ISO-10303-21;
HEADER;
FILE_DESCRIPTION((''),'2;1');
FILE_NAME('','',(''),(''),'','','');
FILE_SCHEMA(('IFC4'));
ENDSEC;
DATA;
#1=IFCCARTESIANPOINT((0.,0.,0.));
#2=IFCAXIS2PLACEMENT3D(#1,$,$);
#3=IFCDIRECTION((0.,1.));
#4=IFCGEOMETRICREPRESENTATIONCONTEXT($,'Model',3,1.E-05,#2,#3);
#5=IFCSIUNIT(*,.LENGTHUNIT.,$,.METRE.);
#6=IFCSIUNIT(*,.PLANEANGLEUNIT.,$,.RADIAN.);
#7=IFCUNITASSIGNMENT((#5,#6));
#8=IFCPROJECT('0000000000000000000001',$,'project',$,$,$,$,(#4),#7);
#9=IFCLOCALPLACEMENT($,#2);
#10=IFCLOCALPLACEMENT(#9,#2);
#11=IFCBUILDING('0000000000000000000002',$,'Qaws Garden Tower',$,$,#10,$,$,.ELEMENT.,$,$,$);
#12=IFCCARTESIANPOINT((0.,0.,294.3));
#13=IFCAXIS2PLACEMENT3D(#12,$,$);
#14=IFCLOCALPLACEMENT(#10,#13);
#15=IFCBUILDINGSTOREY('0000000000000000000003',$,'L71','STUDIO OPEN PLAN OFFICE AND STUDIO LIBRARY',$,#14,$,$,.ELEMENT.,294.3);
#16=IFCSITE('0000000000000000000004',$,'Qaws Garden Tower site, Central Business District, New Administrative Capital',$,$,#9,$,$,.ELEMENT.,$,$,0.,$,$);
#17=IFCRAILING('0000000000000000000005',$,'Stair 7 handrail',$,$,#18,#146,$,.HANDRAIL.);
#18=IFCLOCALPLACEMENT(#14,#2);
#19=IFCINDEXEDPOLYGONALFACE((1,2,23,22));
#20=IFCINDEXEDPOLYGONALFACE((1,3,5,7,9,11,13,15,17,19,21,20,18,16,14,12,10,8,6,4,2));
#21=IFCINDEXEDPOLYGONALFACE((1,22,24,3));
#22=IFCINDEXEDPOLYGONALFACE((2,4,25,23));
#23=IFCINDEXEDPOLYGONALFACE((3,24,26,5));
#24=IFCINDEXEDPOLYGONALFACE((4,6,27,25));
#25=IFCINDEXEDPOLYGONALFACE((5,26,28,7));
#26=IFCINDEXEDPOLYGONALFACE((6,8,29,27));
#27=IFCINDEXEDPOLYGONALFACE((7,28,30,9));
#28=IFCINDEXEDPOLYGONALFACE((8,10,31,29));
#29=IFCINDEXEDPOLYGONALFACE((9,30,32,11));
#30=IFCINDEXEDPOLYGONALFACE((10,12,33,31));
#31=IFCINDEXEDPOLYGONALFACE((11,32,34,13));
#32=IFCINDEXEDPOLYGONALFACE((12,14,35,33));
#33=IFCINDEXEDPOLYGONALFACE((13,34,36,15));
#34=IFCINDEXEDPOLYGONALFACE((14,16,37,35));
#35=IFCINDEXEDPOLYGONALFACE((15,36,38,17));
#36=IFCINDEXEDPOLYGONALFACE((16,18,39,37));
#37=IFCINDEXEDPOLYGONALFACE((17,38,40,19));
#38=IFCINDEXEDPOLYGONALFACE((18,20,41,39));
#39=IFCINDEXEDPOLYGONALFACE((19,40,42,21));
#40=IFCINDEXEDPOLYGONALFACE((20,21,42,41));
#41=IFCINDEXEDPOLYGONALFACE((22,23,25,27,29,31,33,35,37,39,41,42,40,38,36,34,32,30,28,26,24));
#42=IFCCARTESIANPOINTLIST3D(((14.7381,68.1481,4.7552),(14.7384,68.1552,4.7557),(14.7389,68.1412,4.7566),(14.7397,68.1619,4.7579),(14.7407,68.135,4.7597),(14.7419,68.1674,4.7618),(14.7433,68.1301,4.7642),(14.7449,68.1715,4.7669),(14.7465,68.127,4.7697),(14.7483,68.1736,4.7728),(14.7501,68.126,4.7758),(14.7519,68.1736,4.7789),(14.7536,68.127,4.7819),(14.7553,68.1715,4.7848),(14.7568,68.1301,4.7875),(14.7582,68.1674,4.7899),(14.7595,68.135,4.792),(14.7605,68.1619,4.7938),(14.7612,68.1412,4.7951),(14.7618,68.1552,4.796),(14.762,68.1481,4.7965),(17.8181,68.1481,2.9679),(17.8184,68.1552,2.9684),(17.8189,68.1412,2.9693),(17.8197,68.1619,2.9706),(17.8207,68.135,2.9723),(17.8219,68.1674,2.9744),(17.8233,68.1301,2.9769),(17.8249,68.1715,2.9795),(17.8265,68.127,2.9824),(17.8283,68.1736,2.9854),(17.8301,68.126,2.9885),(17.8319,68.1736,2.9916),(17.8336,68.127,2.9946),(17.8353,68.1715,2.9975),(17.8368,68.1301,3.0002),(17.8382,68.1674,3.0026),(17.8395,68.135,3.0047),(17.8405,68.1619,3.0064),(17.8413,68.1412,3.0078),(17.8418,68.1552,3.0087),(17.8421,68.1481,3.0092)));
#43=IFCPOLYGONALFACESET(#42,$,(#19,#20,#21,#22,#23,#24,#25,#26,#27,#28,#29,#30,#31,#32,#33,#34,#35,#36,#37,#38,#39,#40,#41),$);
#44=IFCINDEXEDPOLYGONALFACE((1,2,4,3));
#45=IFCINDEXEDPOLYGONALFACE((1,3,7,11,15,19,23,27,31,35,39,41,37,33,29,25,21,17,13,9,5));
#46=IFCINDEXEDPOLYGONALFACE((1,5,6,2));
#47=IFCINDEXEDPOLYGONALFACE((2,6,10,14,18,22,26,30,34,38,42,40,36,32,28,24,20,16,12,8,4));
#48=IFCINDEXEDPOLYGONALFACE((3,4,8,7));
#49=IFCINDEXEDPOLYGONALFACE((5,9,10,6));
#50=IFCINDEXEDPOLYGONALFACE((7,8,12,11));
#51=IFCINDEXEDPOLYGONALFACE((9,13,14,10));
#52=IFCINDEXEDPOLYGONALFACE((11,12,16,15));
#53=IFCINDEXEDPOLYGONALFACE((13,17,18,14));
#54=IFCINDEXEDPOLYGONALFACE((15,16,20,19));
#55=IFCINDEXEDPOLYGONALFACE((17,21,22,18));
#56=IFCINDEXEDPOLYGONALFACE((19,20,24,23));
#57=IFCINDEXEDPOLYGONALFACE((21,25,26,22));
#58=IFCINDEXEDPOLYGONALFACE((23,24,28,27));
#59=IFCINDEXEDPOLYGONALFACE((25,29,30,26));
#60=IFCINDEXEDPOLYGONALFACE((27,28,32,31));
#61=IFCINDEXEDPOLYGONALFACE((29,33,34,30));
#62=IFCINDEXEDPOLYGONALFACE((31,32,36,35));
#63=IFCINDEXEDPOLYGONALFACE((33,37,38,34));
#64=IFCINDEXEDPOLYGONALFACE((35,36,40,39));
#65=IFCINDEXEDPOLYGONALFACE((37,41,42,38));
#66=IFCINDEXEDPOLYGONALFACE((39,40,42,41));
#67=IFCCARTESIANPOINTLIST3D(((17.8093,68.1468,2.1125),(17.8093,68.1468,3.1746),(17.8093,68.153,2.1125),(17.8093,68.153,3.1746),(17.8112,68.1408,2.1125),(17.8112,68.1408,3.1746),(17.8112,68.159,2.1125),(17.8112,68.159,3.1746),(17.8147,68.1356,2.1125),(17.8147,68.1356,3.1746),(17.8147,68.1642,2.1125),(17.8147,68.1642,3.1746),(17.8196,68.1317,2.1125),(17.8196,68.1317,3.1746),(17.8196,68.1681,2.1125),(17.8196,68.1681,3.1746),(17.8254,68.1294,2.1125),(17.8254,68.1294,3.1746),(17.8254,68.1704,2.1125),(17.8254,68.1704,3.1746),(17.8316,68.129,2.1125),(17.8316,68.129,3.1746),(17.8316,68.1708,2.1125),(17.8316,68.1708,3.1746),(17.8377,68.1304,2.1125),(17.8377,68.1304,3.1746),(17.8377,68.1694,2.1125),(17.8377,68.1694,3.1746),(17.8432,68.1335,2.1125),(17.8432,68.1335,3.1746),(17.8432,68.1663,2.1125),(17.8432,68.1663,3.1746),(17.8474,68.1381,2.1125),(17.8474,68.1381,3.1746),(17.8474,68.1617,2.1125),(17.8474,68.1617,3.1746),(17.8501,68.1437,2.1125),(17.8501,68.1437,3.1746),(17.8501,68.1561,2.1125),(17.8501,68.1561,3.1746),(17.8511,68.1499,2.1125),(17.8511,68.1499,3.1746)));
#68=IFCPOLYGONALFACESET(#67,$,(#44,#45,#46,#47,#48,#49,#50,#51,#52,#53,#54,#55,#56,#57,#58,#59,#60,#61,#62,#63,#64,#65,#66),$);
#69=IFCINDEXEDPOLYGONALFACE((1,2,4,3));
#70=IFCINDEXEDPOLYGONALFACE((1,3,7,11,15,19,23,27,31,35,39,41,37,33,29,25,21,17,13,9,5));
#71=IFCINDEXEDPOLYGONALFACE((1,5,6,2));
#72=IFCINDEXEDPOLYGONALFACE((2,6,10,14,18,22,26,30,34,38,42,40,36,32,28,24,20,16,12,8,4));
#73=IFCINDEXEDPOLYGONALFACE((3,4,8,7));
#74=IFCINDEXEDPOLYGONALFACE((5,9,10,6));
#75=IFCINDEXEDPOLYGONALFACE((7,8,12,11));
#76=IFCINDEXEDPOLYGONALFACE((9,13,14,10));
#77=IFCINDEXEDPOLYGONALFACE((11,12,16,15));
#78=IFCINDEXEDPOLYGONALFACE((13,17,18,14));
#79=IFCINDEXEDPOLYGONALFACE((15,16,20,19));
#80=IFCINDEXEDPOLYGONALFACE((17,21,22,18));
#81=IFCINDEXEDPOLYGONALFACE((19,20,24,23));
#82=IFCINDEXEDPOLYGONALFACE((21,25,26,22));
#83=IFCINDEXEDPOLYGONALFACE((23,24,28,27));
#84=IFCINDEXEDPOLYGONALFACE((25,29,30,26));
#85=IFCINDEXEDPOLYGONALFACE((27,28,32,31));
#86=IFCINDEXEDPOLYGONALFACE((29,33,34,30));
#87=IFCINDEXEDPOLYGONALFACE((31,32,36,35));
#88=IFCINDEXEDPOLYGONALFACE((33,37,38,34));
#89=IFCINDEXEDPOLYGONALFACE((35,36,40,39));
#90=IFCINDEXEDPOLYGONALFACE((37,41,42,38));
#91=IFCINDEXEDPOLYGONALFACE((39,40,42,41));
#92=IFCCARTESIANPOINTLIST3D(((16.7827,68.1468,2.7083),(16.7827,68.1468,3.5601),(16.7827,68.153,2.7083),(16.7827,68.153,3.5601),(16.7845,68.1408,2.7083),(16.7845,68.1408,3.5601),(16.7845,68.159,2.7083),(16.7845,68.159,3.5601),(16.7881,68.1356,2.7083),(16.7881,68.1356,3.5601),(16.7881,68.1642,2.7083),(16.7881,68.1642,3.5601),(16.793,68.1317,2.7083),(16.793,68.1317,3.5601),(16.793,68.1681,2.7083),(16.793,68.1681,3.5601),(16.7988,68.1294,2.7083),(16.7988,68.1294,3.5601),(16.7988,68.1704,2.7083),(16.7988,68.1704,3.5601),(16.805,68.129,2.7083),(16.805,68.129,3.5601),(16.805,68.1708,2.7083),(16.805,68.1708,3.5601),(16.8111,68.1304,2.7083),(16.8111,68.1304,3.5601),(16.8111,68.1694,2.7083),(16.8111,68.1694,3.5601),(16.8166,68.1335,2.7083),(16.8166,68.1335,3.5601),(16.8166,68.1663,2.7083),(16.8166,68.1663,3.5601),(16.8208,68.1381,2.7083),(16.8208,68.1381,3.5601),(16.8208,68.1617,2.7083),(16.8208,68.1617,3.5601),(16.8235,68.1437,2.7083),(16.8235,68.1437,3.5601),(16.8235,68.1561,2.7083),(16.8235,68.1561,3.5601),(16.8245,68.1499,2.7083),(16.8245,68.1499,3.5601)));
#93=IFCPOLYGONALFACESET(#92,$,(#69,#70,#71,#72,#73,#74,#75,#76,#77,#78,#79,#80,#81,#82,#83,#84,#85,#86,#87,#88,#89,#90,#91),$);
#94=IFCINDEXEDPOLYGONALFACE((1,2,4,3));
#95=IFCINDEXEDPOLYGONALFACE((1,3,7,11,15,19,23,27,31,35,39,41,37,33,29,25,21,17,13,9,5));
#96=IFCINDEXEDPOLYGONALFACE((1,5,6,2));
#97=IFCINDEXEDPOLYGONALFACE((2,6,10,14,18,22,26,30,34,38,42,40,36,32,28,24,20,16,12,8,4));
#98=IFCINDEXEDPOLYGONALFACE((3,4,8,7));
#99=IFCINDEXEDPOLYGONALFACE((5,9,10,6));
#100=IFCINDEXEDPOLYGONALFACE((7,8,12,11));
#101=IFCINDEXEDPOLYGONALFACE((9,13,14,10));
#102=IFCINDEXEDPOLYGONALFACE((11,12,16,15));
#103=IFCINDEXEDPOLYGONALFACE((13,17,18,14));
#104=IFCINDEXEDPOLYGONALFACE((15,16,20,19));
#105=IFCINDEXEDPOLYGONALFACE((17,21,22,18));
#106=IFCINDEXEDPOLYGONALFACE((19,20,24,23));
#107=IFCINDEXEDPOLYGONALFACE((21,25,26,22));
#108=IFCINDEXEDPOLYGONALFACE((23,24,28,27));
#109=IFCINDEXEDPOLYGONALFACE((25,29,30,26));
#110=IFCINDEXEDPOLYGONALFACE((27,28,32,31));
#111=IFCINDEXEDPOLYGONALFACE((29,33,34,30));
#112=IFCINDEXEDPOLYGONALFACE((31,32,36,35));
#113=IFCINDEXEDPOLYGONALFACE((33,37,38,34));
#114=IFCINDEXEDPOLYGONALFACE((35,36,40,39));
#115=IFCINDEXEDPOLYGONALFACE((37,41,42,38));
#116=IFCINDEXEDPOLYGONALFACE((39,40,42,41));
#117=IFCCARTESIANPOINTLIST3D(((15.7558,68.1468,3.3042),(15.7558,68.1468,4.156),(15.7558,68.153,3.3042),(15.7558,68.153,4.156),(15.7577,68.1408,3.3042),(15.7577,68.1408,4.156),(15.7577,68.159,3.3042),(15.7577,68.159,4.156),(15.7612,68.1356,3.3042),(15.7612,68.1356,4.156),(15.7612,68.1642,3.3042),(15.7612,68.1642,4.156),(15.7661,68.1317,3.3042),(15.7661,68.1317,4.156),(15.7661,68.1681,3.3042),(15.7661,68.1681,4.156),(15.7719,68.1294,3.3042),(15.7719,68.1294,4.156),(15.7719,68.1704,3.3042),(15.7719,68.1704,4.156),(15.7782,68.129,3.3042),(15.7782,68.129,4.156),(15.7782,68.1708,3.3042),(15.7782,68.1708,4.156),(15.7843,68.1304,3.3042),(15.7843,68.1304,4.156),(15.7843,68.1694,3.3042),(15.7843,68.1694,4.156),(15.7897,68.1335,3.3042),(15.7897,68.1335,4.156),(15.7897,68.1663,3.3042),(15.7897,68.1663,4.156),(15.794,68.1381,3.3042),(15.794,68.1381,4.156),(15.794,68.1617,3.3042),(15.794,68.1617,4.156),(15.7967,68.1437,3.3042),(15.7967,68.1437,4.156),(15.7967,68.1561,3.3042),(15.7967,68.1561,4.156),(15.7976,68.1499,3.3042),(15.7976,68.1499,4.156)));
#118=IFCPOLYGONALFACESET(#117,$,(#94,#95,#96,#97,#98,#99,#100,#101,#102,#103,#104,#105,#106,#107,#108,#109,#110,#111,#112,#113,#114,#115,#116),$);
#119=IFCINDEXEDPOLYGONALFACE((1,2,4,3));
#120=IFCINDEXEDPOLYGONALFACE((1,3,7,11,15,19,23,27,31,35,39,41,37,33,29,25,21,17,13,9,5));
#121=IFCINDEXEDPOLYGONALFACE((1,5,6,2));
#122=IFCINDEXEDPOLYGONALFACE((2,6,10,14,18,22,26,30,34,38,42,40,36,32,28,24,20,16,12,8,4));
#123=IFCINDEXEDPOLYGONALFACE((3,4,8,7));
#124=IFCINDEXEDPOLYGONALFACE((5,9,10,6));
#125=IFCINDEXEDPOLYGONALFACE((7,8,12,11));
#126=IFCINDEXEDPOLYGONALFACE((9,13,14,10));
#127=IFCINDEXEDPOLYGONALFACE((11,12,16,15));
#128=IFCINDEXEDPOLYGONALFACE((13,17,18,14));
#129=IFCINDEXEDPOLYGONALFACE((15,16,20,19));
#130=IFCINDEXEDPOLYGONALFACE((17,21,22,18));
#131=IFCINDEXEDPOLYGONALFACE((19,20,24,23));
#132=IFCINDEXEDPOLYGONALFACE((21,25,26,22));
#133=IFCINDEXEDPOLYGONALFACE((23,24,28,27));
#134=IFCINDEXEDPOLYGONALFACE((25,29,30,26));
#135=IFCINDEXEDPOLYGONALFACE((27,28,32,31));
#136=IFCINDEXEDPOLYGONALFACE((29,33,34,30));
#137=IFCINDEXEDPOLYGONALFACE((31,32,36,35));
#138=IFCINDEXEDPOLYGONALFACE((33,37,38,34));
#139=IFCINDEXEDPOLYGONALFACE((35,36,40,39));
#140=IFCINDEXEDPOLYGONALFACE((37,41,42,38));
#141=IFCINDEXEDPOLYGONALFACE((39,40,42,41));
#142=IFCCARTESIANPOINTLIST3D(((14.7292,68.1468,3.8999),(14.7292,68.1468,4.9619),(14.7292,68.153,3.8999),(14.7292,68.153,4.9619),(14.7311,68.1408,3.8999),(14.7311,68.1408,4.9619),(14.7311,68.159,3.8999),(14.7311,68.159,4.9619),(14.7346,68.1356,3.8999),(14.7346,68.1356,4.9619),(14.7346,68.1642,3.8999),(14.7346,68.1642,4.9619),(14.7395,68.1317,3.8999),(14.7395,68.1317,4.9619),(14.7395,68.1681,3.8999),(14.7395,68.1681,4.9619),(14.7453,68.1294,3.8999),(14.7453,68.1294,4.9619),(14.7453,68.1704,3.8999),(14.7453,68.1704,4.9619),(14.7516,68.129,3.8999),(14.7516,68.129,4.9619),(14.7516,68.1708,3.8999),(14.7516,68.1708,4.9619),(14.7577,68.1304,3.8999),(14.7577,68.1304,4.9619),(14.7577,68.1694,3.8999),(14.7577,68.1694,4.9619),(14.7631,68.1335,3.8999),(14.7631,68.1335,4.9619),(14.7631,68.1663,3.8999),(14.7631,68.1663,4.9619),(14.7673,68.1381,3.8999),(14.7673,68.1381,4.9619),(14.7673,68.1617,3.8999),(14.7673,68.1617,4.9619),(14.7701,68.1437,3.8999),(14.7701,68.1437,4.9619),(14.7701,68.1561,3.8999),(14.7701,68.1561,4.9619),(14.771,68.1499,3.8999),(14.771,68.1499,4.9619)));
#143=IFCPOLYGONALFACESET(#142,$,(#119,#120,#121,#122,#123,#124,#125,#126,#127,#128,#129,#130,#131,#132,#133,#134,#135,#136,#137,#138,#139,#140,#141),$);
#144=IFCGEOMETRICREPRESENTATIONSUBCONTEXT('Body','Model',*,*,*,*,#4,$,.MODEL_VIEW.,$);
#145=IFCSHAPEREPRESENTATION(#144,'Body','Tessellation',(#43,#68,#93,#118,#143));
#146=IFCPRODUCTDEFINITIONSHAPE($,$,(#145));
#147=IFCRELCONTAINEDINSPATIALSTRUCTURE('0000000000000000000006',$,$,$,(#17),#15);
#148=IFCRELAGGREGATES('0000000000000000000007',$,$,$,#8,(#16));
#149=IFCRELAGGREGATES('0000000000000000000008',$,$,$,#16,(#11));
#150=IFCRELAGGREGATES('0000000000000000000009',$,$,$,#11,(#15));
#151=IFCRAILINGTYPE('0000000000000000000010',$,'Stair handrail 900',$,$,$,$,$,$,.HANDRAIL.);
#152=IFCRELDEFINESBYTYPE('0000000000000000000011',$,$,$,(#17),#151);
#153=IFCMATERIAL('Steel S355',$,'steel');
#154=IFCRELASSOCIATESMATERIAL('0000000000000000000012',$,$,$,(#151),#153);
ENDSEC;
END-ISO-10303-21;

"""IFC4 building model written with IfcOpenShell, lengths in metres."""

from ifc_helpers import new_model, si_unit, direction, frame, origin, origin_2d, place, context, subcontext, project, spatial, circle, extrude, material, type_object, element, save


model = new_model("IFC4")

# Units and contexts
model_context = context("Model", 3, precision=1e-05, world=origin(), true_north=direction((0.0, 1.0)))
body_context = subcontext(model_context, "Body", "Model", "MODEL_VIEW")
ifc_project = project(units=[si_unit("LENGTHUNIT", "METRE"), si_unit("PLANEANGLEUNIT", "RADIAN")], contexts=[model_context])

# Site, building, storey
site_placement = place(None, origin())
site = spatial("IfcSite", under=ifc_project, at=site_placement, Name="Qaws Garden Tower site, Central Business District, New Administrative Capital", CompositionType="ELEMENT", RefElevation=0.0)
building_placement = place(site_placement, origin())
building = spatial("IfcBuilding", under=site, at=building_placement, Name="Qaws Garden Tower", CompositionType="ELEMENT")
storey_placement = place(building_placement, frame((0.0, 0.0, 294.3)))
storey = spatial("IfcBuildingStorey", under=building, at=storey_placement, Name="L71", Description="STUDIO OPEN PLAN OFFICE AND STUDIO LIBRARY", CompositionType="ELEMENT", Elevation=294.3)

# Railing
ifc_material_1 = material(Name="Steel S355", Category="steel")
railing_type = type_object("IfcRailingType", Name="Stair handrail 900", PredefinedType="HANDRAIL", material=ifc_material_1)
railing_1_placement = place(storey_placement, frame((17.8301, 68.1499, 2.1125)))
element("IfcRailing", 1, at=railing_1_placement, inside=storey, type_object=railing_type, Name="Stair 7 handrail", PredefinedType="HANDRAIL", context=body_context, shape_type="SweptSolid", body=[
    extrude(circle(Radius=0.0239, at=origin_2d()), frame((0.0, 0.0, 0.876), z_axis=(-0.86492, 0.0, 0.501909), x_axis=(0.0, -1.0, 0.0)), (0.0, 0.0, 1.0), 3.561),
    extrude(circle(Radius=0.021, at=origin_2d()), origin(), (0.0, 0.0, 1.0), 1.062),
    extrude(circle(Radius=0.021, at=origin_2d()), frame((-1.0266, 0.0, 0.5957)), (0.0, 0.0, 1.0), 0.8518),
    extrude(circle(Radius=0.021, at=origin_2d()), frame((-2.0535, 0.0, 1.1917)), (0.0, 0.0, 1.0), 0.8518),
    extrude(circle(Radius=0.021, at=origin_2d()), frame((-3.0801, 0.0, 1.7874)), (0.0, 0.0, 1.0), 1.062),
])

save(model, "model.ifc")
